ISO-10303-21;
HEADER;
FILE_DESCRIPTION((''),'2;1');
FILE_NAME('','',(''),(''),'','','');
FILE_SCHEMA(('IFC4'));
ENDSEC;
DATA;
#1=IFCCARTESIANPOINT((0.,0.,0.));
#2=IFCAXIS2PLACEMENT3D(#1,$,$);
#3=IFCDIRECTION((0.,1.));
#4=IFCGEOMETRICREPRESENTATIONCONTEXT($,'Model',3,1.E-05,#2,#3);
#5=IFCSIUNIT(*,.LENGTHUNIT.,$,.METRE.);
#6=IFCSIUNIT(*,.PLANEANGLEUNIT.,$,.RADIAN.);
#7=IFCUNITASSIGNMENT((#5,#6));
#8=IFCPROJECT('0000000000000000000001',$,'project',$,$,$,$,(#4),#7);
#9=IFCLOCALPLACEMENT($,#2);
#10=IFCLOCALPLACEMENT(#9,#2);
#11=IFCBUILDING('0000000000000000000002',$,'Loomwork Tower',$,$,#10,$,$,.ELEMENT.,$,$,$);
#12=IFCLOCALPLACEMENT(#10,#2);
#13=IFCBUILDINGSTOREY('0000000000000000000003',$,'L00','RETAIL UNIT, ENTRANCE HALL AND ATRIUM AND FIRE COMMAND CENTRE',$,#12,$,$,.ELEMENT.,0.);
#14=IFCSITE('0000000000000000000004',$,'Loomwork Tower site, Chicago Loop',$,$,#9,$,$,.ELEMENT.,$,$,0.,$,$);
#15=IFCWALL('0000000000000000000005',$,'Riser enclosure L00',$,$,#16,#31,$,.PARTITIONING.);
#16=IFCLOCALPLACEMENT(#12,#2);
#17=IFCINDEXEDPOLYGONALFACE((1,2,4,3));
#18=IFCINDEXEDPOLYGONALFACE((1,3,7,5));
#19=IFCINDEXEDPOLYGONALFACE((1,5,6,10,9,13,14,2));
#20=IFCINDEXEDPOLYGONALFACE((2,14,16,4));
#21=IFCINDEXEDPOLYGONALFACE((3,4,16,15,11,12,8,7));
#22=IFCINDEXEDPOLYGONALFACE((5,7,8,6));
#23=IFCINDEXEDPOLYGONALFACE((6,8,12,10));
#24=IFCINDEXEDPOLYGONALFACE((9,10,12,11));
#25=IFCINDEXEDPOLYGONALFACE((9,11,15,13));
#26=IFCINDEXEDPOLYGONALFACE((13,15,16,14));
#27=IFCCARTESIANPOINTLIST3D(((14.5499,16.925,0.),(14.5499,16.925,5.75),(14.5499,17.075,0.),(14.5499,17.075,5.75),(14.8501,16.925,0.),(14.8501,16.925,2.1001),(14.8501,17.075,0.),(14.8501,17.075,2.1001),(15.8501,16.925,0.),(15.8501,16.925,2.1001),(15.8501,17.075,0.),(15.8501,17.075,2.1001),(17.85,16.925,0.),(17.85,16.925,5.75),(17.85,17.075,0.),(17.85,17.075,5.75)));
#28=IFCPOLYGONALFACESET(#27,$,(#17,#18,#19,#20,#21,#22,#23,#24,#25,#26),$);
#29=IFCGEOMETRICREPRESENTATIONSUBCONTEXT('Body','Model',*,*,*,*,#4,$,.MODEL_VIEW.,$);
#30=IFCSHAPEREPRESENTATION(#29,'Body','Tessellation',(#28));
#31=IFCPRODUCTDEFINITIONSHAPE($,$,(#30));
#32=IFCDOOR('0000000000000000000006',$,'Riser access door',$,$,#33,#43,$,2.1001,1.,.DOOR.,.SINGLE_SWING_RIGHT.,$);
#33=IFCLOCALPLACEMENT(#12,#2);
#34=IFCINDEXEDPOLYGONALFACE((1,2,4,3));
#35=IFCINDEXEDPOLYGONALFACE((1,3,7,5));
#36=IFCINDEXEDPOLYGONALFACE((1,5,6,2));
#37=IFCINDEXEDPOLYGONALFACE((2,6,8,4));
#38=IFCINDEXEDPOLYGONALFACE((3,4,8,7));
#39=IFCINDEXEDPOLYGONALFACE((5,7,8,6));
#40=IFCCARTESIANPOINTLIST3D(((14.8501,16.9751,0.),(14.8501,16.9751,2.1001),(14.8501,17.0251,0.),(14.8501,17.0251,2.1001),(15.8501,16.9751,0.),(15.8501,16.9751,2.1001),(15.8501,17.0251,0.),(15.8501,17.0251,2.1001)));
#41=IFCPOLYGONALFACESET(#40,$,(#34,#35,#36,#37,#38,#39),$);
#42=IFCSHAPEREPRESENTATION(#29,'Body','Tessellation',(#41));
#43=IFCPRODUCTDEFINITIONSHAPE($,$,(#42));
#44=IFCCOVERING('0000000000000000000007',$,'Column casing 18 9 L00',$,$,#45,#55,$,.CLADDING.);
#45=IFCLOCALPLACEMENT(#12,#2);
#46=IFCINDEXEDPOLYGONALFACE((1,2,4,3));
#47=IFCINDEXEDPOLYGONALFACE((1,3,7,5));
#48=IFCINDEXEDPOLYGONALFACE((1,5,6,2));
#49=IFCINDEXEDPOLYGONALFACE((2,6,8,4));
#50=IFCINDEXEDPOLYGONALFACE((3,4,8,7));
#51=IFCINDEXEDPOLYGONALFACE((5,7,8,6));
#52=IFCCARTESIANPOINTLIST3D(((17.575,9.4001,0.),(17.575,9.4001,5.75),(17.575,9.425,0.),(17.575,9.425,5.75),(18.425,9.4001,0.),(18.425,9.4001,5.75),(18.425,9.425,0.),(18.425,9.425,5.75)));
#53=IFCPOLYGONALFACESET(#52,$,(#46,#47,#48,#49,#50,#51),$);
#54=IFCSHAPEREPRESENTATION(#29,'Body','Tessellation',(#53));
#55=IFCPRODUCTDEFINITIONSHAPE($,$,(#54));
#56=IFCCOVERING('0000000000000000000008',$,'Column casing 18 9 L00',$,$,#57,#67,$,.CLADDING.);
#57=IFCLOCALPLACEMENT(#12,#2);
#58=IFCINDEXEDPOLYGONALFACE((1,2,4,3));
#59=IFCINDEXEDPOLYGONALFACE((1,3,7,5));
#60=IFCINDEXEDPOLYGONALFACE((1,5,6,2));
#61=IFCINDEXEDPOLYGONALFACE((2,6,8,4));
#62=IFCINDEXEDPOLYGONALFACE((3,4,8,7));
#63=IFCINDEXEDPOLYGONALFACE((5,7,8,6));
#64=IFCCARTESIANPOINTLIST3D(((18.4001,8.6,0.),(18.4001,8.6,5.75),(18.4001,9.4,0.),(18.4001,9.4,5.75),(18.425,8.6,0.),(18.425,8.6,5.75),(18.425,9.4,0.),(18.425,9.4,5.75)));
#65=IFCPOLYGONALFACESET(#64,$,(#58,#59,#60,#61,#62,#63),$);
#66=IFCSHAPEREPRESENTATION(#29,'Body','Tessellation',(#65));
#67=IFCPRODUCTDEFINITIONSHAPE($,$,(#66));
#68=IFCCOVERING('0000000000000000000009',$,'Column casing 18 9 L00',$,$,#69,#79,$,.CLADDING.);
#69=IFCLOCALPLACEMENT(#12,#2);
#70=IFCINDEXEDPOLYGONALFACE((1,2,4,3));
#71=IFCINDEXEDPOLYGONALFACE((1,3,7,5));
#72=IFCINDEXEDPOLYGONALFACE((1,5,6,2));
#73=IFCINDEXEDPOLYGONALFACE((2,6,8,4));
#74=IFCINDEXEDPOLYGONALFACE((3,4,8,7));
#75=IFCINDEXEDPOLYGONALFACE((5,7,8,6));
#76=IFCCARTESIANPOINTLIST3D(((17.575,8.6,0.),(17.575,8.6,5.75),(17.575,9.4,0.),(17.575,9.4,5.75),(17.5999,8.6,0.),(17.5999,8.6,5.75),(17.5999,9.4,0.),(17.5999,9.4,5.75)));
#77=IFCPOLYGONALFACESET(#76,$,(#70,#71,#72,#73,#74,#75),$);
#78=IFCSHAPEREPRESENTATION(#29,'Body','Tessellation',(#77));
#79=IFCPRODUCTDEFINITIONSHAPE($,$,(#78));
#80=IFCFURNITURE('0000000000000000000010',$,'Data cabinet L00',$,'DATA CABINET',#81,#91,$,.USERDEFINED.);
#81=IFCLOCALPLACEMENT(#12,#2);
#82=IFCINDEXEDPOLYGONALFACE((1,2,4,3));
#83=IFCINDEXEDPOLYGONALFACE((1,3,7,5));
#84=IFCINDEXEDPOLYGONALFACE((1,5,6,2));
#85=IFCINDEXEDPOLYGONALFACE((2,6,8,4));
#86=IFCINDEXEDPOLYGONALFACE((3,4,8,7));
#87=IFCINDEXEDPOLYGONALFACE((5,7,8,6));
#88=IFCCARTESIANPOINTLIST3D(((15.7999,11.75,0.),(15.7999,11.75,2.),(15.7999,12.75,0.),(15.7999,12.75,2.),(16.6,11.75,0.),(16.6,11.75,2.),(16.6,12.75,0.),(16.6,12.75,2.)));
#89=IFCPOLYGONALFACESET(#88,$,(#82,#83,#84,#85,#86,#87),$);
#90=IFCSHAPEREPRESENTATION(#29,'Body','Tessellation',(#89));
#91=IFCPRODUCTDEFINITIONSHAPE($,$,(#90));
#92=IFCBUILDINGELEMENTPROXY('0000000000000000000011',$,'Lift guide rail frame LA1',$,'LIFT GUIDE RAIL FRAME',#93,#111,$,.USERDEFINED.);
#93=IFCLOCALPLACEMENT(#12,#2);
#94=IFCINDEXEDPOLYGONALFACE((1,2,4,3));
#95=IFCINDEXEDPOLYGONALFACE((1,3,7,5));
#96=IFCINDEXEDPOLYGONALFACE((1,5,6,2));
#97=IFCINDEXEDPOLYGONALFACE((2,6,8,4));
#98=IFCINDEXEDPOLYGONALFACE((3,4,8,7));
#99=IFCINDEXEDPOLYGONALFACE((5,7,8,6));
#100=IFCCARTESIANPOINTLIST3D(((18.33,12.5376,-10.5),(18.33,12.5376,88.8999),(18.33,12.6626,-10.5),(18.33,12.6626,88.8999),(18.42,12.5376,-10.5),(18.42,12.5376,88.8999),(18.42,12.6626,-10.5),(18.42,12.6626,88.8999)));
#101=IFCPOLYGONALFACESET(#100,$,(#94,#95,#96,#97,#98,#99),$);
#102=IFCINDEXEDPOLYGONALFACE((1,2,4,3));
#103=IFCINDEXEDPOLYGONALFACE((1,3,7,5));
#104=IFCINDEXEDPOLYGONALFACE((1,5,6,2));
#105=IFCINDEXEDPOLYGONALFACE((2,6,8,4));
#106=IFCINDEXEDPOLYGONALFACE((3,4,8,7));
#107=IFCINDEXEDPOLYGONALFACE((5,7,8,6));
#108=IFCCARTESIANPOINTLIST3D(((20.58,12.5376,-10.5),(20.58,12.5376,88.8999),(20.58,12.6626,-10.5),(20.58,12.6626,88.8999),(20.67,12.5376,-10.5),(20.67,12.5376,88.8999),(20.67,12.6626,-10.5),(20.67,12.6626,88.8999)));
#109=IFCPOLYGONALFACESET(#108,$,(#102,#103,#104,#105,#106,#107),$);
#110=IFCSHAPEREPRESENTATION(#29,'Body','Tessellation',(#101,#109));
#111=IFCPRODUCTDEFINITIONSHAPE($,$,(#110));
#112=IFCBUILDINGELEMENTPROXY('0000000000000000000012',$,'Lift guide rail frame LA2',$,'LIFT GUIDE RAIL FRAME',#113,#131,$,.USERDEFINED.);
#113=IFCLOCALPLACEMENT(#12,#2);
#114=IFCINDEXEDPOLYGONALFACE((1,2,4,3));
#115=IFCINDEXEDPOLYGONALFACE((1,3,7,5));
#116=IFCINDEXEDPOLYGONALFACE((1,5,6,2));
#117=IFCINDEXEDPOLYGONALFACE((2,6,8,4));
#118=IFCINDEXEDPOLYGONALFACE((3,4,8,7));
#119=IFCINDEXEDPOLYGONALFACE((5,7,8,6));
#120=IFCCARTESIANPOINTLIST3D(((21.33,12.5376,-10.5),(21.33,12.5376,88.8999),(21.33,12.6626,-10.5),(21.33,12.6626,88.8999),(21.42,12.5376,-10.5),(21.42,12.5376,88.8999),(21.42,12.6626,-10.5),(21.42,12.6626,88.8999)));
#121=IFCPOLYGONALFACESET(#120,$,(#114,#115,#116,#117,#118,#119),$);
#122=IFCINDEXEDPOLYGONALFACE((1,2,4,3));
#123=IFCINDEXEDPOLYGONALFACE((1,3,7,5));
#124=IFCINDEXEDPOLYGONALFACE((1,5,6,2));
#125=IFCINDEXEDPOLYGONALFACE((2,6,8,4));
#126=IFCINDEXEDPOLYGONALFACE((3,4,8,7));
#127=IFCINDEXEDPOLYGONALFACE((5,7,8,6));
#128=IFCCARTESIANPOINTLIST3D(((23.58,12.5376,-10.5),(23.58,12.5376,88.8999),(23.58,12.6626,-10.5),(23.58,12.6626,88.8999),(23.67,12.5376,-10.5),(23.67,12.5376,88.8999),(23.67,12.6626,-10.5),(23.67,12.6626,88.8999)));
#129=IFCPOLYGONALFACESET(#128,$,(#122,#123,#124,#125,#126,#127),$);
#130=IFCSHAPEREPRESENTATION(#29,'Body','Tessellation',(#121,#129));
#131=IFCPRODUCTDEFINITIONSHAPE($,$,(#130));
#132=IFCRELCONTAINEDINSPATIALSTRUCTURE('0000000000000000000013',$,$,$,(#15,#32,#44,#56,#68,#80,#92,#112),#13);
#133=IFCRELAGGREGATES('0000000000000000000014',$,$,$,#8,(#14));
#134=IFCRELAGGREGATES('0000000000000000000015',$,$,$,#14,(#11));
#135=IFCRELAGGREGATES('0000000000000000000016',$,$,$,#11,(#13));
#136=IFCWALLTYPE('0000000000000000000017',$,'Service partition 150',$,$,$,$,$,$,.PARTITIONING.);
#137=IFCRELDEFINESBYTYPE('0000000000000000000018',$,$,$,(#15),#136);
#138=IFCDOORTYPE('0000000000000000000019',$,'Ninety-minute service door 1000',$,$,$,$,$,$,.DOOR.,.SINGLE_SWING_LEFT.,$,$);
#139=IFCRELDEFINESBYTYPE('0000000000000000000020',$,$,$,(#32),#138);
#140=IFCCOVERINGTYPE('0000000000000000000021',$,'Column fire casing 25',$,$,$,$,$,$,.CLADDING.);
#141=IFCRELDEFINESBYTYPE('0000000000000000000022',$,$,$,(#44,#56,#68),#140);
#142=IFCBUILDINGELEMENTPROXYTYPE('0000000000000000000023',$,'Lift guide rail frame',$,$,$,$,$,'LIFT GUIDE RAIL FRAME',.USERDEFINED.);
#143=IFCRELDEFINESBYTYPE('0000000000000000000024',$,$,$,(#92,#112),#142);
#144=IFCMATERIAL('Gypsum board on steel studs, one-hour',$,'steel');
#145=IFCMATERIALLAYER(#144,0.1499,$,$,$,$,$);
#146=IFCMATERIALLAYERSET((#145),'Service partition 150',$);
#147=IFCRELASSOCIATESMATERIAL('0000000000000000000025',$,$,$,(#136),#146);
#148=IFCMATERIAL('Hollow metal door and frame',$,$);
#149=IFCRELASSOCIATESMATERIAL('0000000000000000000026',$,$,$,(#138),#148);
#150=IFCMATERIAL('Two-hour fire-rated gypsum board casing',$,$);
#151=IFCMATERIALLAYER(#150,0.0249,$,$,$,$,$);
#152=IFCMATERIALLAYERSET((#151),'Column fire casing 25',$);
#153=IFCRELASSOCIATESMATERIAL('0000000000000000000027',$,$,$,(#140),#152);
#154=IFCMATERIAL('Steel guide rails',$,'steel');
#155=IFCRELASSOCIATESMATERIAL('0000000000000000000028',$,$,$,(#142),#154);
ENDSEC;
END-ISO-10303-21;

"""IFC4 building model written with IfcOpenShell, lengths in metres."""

from ifc_helpers import new_model, si_unit, direction, frame, frame_2d, origin, origin_2d, place, context, subcontext, project, spatial, rectangle, extrude, material, layer, layer_set, type_object, element, fill, save


model = new_model("IFC4")

# Units and contexts
model_context = context("Model", 3, precision=1e-05, world=origin(), true_north=direction((0.0, 1.0)))
body_context = subcontext(model_context, "Body", "Model", "MODEL_VIEW")
ifc_project = project(units=[si_unit("LENGTHUNIT", "METRE"), si_unit("PLANEANGLEUNIT", "RADIAN")], contexts=[model_context])

# Site, building, storey
site_placement = place(None, origin())
site = spatial("IfcSite", under=ifc_project, at=site_placement, Name="Loomwork Tower site, Chicago Loop", CompositionType="ELEMENT", RefElevation=0.0)
building_placement = place(site_placement, origin())
building = spatial("IfcBuilding", under=site, at=building_placement, Name="Loomwork Tower", CompositionType="ELEMENT")
storey_placement = place(building_placement, origin())
storey = spatial("IfcBuildingStorey", under=building, at=storey_placement, Name="L00", Description="RETAIL UNIT, ENTRANCE HALL AND ATRIUM AND FIRE COMMAND CENTRE", CompositionType="ELEMENT", Elevation=0.0)

# Wall, opening, door
ifc_material_1 = material(Name="Gypsum board on steel studs, one-hour", Category="steel")
ifc_layer_1 = layer(ifc_material_1, 0.1499)
ifc_layer_set_1 = layer_set([ifc_layer_1], Name="Service partition 150")
wall_type_1 = type_object("IfcWallType", Name="Service partition 150", PredefinedType="PARTITIONING", material=ifc_layer_set_1)
wall_1_placement = place(storey_placement, frame((14.55, 17.0, 0.0), z_axis=(0.0, 0.0, 1.0), x_axis=(1.0, 0.0, 0.0)))
wall_1 = element("IfcWall", 1, at=wall_1_placement, inside=storey, type_object=wall_type_1, Name="Riser enclosure L00", PredefinedType="PARTITIONING", context=body_context, shape_type="SweptSolid", body=[
    extrude(rectangle(XDim=3.3, YDim=0.1499, at=frame_2d((1.6499, 0.0))), origin(), (0.0, 0.0, 1.0), 5.75),
])
opening_1_placement = place(wall_1_placement, frame((0.3, 0.0, 0.0)))
opening_1 = element("IfcOpeningElement", 2, at=opening_1_placement, cuts=wall_1, PredefinedType="OPENING", context=body_context, shape_type="SweptSolid", body=[
    extrude(rectangle(XDim=1.0, YDim=2.1001, at=frame_2d((0.5, 1.05))), frame((0.0, 0.085, 0.0), z_axis=(0.0, -1.0, 0.0), x_axis=(1.0, 0.0, 0.0)), (0.0, 0.0, 1.0), 0.1699),
])
ifc_material_2 = material(Name="Hollow metal door and frame")
door_type_1 = type_object("IfcDoorType", Name="Ninety-minute service door 1000", OperationType="SINGLE_SWING_LEFT", PredefinedType="DOOR", material=ifc_material_2)
door_1_placement = place(opening_1_placement, frame((1.0, 0.0, 0.0), z_axis=(0.0, 0.0, 1.0), x_axis=(-1.0, 0.0, 0.0)))
door_1 = element("IfcDoor", 3, at=door_1_placement, inside=storey, type_object=door_type_1, Name="Riser access door", OperationType="SINGLE_SWING_RIGHT", OverallHeight=2.1001, OverallWidth=1.0, PredefinedType="DOOR", context=body_context, shape_type="SweptSolid", body=[
    extrude(rectangle(XDim=1.0, YDim=2.1001, at=frame_2d((0.5, 1.05))), frame((0.0, 0.0249, 0.0), z_axis=(0.0, -1.0, 0.0), x_axis=(1.0, 0.0, 0.0)), (0.0, 0.0, 1.0), 0.05),
])
fill(opening_1, door_1)

# Coverings
ifc_material_3 = material(Name="Two-hour fire-rated gypsum board casing")
ifc_layer_2 = layer(ifc_material_3, 0.0249)
ifc_layer_set_2 = layer_set([ifc_layer_2], Name="Column fire casing 25")
covering_type = type_object("IfcCoveringType", Name="Column fire casing 25", PredefinedType="CLADDING", material=ifc_layer_set_2)
covering_placement = place(storey_placement, frame((18.0, 9.4126, 0.0), z_axis=(0.0, 0.0, 1.0), x_axis=(1.0, 0.0, 0.0)))
element("IfcCovering", 4, at=covering_placement, inside=storey, type_object=covering_type, Name="Column casing 18 9 L00", PredefinedType="CLADDING", context=body_context, shape_type="SweptSolid", body=[
    extrude(rectangle(XDim=0.8501, YDim=0.0249, at=origin_2d()), origin(), (0.0, 0.0, 1.0), 5.75),
])
for number, where, z_axis, x_axis, name in (
    (5, (18.4126, 9.0, 0.0), (0.0, 0.0, 1.0), (1.0, 0.0, 0.0), "Column casing 18 9 L00"),
    (6, (17.5874, 9.0, 0.0), (0.0, 0.0, 1.0), (1.0, 0.0, 0.0), "Column casing 18 9 L00"),
):
    element("IfcCovering", number, at=place(storey_placement, frame(where, z_axis=z_axis, x_axis=x_axis)), inside=storey, type_object=covering_type, Name=name, PredefinedType="CLADDING", context=body_context, shape_type="SweptSolid", body=[
        extrude(rectangle(XDim=0.0249, YDim=0.8, at=origin_2d()), origin(), (0.0, 0.0, 1.0), 5.75),
    ])

# Furniture
furniture_placement = place(storey_placement, frame((16.2, 12.25, 0.0), z_axis=(0.0, 0.0, 1.0), x_axis=(1.0, 0.0, 0.0)))
element("IfcFurniture", 7, at=furniture_placement, inside=storey, Name="Data cabinet L00", ObjectType="DATA CABINET", PredefinedType="USERDEFINED", context=body_context, shape_type="SweptSolid", body=[
    extrude(rectangle(XDim=0.8, YDim=1.0, at=origin_2d()), origin(), (0.0, 0.0, 1.0), 2.0),
])

# Building element proxies
ifc_material_4 = material(Name="Steel guide rails", Category="steel")
building_element_proxy_type = type_object("IfcBuildingElementProxyType", Name="Lift guide rail frame", ElementType="LIFT GUIDE RAIL FRAME", PredefinedType="USERDEFINED", material=ifc_material_4)
for number, where, z_axis, x_axis, name in (
    (8, (19.5, 12.6001, -10.5), (0.0, 0.0, 1.0), (1.0, 0.0, 0.0), "Lift guide rail frame LA1"),
    (9, (22.5, 12.6001, -10.5), (0.0, 0.0, 1.0), (1.0, 0.0, 0.0), "Lift guide rail frame LA2"),
):
    element("IfcBuildingElementProxy", number, at=place(storey_placement, frame(where, z_axis=z_axis, x_axis=x_axis)), inside=storey, type_object=building_element_proxy_type, Name=name, ObjectType="LIFT GUIDE RAIL FRAME", PredefinedType="USERDEFINED", context=body_context, shape_type="SweptSolid", body=[
        extrude(rectangle(XDim=0.0901, YDim=0.125, at=frame_2d((-1.125, 0.0))), origin(), (0.0, 0.0, 1.0), 99.3999),
        extrude(rectangle(XDim=0.0901, YDim=0.125, at=frame_2d((1.125, 0.0))), origin(), (0.0, 0.0, 1.0), 99.3999),
    ])

save(model, "model.ifc")
